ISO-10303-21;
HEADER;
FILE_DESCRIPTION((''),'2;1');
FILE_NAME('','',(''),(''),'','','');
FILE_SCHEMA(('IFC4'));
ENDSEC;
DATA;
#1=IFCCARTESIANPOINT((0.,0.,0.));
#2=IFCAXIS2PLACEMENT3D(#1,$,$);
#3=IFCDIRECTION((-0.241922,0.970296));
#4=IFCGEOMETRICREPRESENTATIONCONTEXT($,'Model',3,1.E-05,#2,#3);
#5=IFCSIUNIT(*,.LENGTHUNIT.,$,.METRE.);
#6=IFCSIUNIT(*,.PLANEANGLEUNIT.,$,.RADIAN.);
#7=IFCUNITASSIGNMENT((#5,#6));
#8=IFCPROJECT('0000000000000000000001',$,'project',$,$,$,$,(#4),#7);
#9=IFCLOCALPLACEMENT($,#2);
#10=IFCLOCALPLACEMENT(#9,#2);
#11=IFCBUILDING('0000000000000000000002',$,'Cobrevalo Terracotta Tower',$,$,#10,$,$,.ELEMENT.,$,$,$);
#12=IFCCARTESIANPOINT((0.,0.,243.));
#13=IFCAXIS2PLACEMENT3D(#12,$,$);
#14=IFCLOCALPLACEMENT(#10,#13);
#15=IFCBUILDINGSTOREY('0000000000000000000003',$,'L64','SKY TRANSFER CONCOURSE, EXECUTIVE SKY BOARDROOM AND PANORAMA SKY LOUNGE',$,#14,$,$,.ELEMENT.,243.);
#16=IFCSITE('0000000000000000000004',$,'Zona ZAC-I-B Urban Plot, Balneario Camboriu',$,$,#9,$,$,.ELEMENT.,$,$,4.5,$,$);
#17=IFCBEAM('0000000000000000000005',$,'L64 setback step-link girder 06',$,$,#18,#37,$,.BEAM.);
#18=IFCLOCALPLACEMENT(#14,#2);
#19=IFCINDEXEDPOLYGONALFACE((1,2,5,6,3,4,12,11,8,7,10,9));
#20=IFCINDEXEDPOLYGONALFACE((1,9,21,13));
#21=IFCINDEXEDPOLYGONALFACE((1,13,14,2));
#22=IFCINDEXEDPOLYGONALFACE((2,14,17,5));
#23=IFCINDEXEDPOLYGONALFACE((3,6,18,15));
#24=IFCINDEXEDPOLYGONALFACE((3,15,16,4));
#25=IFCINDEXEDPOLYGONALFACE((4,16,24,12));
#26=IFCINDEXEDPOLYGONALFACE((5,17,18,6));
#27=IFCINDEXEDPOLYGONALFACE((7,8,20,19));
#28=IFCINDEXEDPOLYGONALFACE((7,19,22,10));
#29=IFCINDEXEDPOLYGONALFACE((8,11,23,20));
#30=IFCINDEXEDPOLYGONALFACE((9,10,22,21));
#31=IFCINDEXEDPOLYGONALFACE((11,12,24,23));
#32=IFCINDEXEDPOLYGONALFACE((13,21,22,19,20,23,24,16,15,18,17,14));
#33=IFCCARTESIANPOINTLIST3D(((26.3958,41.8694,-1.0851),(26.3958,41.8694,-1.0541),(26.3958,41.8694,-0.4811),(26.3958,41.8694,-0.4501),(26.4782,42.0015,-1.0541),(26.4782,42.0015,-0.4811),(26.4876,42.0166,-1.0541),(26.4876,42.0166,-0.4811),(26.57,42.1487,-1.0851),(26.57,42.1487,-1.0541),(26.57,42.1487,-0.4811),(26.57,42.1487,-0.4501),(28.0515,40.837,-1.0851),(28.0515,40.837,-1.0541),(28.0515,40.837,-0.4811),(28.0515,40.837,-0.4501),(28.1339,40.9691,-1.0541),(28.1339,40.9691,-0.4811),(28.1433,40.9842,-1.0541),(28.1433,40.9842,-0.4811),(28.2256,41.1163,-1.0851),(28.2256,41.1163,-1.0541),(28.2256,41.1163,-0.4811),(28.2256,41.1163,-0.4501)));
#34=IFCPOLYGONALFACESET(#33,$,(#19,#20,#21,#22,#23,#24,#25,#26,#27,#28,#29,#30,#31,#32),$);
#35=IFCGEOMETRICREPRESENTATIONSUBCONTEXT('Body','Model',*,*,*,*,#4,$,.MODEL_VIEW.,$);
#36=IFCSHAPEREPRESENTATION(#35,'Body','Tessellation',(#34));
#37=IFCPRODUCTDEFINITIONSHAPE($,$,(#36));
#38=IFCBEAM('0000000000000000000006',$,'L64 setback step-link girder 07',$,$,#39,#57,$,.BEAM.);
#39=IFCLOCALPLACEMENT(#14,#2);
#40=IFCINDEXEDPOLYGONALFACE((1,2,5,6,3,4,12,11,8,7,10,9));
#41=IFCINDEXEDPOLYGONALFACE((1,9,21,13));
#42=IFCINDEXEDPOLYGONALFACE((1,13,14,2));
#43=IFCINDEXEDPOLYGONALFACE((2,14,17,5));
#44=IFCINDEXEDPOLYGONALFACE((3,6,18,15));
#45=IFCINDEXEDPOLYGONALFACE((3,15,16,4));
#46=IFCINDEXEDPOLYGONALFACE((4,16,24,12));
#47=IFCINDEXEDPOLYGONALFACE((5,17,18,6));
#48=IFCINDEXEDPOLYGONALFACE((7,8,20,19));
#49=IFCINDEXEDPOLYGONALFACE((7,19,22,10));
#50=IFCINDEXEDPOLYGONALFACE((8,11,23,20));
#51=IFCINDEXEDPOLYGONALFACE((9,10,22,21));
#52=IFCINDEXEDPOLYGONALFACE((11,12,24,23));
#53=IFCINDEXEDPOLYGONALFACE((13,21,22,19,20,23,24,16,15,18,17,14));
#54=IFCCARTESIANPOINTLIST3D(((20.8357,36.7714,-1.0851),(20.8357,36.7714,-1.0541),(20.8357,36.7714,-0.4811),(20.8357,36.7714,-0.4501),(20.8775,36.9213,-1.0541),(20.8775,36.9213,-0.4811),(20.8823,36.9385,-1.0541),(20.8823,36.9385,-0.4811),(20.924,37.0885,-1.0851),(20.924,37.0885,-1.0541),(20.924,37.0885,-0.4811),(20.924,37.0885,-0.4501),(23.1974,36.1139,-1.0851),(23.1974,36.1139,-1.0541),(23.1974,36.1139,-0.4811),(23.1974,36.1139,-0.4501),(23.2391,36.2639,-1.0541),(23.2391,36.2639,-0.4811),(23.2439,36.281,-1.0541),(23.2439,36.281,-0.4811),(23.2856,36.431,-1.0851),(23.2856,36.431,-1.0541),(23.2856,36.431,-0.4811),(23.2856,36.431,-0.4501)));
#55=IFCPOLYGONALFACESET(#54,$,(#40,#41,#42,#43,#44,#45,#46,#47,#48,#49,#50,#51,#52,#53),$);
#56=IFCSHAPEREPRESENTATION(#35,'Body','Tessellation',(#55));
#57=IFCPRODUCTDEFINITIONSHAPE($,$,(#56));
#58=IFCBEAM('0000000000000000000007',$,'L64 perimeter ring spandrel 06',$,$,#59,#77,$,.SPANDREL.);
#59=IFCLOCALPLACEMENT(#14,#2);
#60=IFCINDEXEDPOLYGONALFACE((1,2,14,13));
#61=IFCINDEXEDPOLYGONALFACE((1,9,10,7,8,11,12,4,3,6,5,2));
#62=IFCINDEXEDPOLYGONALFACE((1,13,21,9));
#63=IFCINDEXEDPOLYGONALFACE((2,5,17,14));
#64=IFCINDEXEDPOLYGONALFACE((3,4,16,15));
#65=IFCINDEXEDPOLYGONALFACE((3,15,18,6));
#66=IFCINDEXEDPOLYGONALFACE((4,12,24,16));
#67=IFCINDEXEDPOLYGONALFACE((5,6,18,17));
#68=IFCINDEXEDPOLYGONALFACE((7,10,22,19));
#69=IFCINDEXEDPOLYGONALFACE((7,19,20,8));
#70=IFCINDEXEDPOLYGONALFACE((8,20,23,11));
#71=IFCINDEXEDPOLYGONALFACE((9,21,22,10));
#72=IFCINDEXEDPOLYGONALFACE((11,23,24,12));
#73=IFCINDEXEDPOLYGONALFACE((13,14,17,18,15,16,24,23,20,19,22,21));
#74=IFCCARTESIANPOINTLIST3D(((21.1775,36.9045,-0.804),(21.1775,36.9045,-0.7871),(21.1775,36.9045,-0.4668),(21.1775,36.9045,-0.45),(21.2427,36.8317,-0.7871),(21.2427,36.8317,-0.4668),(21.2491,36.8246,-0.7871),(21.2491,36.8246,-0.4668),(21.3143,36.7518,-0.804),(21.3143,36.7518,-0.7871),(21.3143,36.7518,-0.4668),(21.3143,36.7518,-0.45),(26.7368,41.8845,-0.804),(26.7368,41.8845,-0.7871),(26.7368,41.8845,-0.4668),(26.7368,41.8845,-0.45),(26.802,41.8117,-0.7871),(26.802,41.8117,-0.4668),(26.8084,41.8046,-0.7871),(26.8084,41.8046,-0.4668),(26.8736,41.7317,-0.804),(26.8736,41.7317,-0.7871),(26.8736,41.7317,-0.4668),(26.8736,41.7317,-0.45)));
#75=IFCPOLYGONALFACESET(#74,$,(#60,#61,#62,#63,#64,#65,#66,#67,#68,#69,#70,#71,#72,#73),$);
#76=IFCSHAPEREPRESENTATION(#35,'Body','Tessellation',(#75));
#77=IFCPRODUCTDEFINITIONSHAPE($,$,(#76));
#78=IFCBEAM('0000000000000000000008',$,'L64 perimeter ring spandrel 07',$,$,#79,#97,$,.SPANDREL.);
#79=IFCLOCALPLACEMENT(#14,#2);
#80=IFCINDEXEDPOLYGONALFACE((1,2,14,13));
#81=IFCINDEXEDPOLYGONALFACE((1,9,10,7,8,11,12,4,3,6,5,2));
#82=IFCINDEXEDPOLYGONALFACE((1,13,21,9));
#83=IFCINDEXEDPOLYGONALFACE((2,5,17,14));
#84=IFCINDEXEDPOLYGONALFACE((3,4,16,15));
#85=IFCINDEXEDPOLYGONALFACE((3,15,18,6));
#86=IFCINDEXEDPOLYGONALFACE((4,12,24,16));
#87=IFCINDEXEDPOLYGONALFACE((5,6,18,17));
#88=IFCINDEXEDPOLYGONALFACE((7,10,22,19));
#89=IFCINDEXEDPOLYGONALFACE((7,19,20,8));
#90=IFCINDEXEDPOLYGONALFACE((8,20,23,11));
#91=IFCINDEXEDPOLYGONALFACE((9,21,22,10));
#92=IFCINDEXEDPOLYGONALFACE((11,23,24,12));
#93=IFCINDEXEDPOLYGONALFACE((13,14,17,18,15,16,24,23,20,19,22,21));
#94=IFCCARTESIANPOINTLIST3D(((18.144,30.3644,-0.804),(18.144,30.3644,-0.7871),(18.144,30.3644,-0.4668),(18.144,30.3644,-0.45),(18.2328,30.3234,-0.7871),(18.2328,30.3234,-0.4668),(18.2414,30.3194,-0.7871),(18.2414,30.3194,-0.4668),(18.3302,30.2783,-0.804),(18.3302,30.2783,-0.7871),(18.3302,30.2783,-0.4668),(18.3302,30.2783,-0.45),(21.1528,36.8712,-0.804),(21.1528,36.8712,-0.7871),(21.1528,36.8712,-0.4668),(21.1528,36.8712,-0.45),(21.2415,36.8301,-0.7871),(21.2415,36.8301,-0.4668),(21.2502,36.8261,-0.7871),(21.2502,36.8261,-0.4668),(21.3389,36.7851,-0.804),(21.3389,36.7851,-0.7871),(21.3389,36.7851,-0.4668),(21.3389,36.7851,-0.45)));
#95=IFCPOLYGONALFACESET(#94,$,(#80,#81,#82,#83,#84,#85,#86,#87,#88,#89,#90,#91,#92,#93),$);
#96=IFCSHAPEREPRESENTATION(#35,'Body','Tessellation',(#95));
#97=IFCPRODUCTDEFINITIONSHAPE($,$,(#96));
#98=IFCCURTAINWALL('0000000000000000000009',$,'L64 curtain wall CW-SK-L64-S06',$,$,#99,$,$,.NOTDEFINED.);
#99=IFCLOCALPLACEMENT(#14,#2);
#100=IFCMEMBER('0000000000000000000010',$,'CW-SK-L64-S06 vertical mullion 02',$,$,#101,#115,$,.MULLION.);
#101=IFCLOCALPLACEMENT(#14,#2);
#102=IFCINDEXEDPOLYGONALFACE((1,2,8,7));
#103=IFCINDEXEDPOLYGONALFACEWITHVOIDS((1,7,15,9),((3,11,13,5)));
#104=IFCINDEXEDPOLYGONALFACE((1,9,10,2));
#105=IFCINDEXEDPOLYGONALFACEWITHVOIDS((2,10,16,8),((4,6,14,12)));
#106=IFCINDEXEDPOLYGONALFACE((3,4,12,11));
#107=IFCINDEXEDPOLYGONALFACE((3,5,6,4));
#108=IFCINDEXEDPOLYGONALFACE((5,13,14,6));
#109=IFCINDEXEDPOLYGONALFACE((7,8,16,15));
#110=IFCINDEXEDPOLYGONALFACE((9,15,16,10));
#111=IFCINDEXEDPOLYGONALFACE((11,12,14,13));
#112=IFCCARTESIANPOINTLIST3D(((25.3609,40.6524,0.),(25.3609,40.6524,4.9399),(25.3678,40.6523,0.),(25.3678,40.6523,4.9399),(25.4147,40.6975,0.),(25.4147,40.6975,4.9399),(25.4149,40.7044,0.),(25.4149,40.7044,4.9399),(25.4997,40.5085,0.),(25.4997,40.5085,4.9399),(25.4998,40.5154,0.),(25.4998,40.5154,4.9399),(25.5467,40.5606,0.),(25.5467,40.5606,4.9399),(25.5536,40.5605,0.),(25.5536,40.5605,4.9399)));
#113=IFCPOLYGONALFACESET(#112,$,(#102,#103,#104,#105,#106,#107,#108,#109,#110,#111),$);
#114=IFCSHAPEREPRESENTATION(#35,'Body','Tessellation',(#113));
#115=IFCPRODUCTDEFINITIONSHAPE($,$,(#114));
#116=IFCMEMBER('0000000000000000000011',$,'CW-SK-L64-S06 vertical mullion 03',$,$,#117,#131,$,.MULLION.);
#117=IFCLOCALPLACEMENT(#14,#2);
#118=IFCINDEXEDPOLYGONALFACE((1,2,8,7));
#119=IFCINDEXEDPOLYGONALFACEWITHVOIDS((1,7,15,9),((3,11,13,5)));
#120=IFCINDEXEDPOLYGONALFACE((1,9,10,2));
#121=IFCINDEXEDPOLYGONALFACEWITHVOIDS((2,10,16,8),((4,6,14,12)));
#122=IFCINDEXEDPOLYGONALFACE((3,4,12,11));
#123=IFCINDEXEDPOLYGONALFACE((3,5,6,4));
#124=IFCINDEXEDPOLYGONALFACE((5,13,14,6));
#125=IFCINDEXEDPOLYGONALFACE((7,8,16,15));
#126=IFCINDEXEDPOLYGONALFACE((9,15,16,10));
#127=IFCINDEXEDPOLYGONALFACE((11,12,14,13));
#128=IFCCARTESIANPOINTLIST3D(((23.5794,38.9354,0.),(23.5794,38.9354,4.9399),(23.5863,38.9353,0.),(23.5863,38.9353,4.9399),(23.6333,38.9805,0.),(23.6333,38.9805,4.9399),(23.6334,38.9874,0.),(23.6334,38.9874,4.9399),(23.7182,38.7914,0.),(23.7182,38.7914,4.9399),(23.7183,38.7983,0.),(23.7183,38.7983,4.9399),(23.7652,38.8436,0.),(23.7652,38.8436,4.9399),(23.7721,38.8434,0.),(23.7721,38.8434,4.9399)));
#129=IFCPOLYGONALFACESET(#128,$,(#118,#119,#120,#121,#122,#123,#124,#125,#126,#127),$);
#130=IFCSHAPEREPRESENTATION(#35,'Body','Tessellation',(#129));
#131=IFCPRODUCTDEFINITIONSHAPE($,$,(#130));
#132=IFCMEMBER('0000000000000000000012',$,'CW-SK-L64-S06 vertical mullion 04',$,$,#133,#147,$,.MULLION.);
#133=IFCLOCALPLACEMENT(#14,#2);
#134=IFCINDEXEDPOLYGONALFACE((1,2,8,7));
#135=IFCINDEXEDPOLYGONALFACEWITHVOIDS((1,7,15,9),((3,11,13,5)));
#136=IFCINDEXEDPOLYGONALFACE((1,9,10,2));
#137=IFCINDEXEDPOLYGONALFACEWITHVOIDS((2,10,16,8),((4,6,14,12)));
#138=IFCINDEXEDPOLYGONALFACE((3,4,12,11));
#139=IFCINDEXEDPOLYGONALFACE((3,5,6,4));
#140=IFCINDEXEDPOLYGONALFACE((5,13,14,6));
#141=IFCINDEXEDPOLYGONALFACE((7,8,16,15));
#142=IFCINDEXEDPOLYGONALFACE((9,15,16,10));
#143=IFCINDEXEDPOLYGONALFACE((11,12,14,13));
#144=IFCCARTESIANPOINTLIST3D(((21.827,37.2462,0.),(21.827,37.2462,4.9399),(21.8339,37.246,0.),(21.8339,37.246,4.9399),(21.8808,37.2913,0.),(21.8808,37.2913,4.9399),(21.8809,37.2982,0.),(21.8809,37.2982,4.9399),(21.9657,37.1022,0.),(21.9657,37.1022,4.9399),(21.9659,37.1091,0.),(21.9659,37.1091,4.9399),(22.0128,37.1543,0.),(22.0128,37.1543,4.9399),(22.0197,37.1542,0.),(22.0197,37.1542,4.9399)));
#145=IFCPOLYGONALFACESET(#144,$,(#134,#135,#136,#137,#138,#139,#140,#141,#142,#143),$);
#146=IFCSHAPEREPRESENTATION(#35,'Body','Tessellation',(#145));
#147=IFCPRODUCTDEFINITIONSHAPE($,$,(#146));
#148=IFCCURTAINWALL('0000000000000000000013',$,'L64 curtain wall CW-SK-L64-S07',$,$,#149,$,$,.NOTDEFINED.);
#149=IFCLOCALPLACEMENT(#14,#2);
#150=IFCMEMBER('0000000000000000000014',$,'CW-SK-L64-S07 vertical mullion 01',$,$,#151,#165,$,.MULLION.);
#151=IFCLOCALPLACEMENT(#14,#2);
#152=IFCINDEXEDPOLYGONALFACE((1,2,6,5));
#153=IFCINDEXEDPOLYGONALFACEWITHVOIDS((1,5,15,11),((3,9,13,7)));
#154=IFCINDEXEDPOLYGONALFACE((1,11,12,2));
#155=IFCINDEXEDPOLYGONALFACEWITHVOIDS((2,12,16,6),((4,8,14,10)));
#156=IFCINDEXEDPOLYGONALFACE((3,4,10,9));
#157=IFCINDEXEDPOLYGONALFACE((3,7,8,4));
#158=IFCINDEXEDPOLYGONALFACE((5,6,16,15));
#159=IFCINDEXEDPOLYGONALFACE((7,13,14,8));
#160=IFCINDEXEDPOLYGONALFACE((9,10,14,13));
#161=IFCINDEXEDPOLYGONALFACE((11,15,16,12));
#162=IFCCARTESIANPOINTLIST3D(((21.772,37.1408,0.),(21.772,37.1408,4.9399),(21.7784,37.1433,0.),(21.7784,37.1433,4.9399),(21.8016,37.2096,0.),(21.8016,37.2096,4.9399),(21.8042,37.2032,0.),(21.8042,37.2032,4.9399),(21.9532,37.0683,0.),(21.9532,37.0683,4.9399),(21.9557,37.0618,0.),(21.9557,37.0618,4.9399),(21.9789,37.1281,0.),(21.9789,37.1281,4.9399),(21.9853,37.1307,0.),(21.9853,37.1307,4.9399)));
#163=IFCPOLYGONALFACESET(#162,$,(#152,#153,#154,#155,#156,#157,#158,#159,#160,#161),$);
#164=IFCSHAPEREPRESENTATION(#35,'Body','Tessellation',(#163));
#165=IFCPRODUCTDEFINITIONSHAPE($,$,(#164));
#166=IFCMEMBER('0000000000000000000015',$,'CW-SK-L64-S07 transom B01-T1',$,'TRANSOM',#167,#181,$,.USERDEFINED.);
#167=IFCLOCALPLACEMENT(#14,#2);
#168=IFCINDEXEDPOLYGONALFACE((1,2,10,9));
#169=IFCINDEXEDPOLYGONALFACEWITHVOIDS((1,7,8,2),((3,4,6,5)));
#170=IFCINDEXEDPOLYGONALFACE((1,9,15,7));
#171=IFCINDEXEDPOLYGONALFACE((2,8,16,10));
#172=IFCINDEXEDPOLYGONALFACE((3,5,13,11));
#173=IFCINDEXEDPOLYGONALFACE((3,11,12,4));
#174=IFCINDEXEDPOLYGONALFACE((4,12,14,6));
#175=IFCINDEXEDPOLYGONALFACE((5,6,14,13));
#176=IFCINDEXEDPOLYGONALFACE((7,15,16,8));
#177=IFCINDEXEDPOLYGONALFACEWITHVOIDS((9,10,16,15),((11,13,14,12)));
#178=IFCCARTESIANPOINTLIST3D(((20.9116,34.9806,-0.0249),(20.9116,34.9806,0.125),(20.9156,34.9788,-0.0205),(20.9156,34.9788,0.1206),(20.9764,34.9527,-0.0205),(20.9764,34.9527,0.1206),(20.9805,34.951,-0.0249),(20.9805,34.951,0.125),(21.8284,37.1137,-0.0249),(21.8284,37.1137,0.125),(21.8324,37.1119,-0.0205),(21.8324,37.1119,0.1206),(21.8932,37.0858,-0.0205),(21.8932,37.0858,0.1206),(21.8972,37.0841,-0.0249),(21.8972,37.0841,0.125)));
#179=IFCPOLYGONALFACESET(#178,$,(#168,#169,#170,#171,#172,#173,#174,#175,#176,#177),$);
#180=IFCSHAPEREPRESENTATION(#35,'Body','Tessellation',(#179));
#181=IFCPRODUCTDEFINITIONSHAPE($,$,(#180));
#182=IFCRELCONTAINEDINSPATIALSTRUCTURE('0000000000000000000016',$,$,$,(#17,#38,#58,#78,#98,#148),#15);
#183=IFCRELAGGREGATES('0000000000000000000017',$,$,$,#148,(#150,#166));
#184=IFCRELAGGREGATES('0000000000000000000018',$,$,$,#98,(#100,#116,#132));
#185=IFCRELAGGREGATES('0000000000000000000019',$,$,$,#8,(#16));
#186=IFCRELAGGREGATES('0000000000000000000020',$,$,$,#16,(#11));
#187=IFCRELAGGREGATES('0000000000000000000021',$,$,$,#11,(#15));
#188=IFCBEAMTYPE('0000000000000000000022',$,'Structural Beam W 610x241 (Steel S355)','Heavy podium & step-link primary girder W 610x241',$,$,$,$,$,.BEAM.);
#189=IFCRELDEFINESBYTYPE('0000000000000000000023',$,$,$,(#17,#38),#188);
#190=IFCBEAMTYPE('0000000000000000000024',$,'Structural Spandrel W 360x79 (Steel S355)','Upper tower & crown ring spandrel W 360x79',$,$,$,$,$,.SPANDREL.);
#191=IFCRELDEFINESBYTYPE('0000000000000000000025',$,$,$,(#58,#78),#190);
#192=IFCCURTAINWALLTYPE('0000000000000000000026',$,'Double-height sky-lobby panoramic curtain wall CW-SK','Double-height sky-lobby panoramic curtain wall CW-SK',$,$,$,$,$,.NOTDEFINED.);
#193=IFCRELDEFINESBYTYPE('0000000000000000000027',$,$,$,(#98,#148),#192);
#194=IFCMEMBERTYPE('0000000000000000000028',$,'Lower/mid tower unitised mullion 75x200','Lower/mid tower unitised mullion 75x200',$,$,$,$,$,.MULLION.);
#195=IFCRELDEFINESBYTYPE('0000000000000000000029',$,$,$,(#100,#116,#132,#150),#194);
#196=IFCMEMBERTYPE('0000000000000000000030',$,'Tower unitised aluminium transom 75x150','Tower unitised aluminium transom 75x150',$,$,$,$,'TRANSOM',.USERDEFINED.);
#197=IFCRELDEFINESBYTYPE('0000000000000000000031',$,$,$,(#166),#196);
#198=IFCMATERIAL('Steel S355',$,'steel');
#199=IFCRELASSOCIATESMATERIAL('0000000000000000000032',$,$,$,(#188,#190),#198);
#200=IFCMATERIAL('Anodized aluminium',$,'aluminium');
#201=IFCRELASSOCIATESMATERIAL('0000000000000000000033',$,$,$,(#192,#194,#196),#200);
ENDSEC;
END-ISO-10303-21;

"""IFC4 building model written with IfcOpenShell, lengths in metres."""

from ifc_helpers import new_model, si_unit, direction, frame, origin, origin_2d, place, context, subcontext, project, spatial, hollow_rectangle, i_section, extrude, source, transform, mapped, material, material_profile, profile_set, type_object, element, aggregate, save


model = new_model("IFC4")

# Units and contexts
model_context = context("Model", 3, precision=1e-05, world=origin(), true_north=direction((-0.241922, 0.970296)))
body_context = subcontext(model_context, "Body", "Model", "MODEL_VIEW")
ifc_project = project(units=[si_unit("LENGTHUNIT", "METRE"), si_unit("PLANEANGLEUNIT", "RADIAN")], contexts=[model_context])

# Site, building, storey
site_placement = place(None, origin())
site = spatial("IfcSite", under=ifc_project, at=site_placement, Name="Zona ZAC-I-B Urban Plot, Balneario Camboriu", CompositionType="ELEMENT", RefElevation=4.5)
building_placement = place(site_placement, origin())
building = spatial("IfcBuilding", under=site, at=building_placement, Name="Cobrevalo Terracotta Tower", CompositionType="ELEMENT")
storey_placement = place(building_placement, frame((0.0, 0.0, 243.0)))
storey = spatial("IfcBuildingStorey", under=building, at=storey_placement, Name="L64", Description="SKY TRANSFER CONCOURSE, EXECUTIVE SKY BOARDROOM AND PANORAMA SKY LOUNGE", CompositionType="ELEMENT", Elevation=243.0)

# Beams
ifc_material_1 = material(Name="Steel S355", Category="steel")
ifc_material_profile_1 = material_profile(ifc_material_1, i_section(OverallWidth=0.3291, OverallDepth=0.635, WebThickness=0.0178, FlangeThickness=0.031, at=origin_2d()), Name="W 610x241")
ifc_profile_set_1 = profile_set([ifc_material_profile_1], Name="Steel S355")
beam_type_1 = type_object("IfcBeamType", Name="Structural Beam W 610x241 (Steel S355)", Description="Heavy podium & step-link primary girder W 610x241", PredefinedType="BEAM", material=ifc_profile_set_1)
beam_1_placement = place(storey_placement, frame((26.4829, 42.009, -0.7676), z_axis=(0.848546, -0.529121, 0.0), x_axis=(0.529121, 0.848546, 0.0)))
element("IfcBeam", 1, at=beam_1_placement, inside=storey, type_object=beam_type_1, Name="L64 setback step-link girder 06", PredefinedType="BEAM", context=body_context, shape_type="SweptSolid", body=[
    extrude(i_section(OverallWidth=0.3291, OverallDepth=0.635, WebThickness=0.0178, FlangeThickness=0.031, at=origin_2d()), origin(), (0.0, 0.0, 1.0), 1.9512),
])
beam_2_placement = place(storey_placement, frame((20.8799, 36.9299, -0.7676), z_axis=(0.963362, -0.268204, 0.0), x_axis=(0.268204, 0.963362, 0.0)))
element("IfcBeam", 2, at=beam_2_placement, inside=storey, type_object=beam_type_1, Name="L64 setback step-link girder 07", PredefinedType="BEAM", context=body_context, shape_type="SweptSolid", body=[
    extrude(i_section(OverallWidth=0.3291, OverallDepth=0.635, WebThickness=0.0178, FlangeThickness=0.031, at=origin_2d()), origin(), (0.0, 0.0, 1.0), 2.4514),
])
ifc_material_profile_2 = material_profile(ifc_material_1, i_section(OverallWidth=0.2051, OverallDepth=0.354, WebThickness=0.0095, FlangeThickness=0.0168, at=origin_2d()), Name="W 360x79")
ifc_profile_set_2 = profile_set([ifc_material_profile_2], Name="Steel S355")
beam_type_2 = type_object("IfcBeamType", Name="Structural Spandrel W 360x79 (Steel S355)", Description="Upper tower & crown ring spandrel W 360x79", PredefinedType="SPANDREL", material=ifc_profile_set_2)
beam_3_placement = place(storey_placement, frame((26.8052, 41.8081, -0.627), z_axis=(-0.744852, -0.66723, 0.0), x_axis=(0.66723, -0.744852, 0.0)))
element("IfcBeam", 3, at=beam_3_placement, inside=storey, type_object=beam_type_2, Name="L64 perimeter ring spandrel 06", PredefinedType="SPANDREL", context=body_context, shape_type="SweptSolid", body=[
    extrude(i_section(OverallWidth=0.2051, OverallDepth=0.354, WebThickness=0.0095, FlangeThickness=0.0168, at=origin_2d()), origin(), (0.0, 0.0, 1.0), 7.4636),
])
beam_4_placement = place(storey_placement, frame((21.2458, 36.8281, -0.627), z_axis=(-0.419706, -0.90766, 0.0), x_axis=(0.90766, -0.419706, 0.0)))
element("IfcBeam", 4, at=beam_4_placement, inside=storey, type_object=beam_type_2, Name="L64 perimeter ring spandrel 07", PredefinedType="SPANDREL", context=body_context, shape_type="SweptSolid", body=[
    extrude(i_section(OverallWidth=0.2051, OverallDepth=0.354, WebThickness=0.0095, FlangeThickness=0.0168, at=origin_2d()), origin(), (0.0, 0.0, 1.0), 7.1687),
])

# Curtain walls, members
ifc_material_2 = material(Name="Anodized aluminium", Category="aluminium")
curtain_wall_type = type_object("IfcCurtainWallType", Name="Double-height sky-lobby panoramic curtain wall CW-SK", Description="Double-height sky-lobby panoramic curtain wall CW-SK", PredefinedType="NOTDEFINED", material=ifc_material_2)
curtain_wall_1_placement = place(storey_placement, origin())
curtain_wall_1 = element("IfcCurtainWall", 5, at=curtain_wall_1_placement, inside=storey, type_object=curtain_wall_type, Name="L64 curtain wall CW-SK-L64-S06", PredefinedType="NOTDEFINED")
ifc_material_profile_3 = material_profile(ifc_material_2, hollow_rectangle(XDim=0.075, YDim=0.2, WallThickness=0.0049, at=origin_2d()), Name="CWM 75x200")
ifc_profile_set_3 = profile_set([ifc_material_profile_3], Name="Anodized aluminium")
member_type_1 = type_object("IfcMemberType", Name="Lower/mid tower unitised mullion 75x200", Description="Lower/mid tower unitised mullion 75x200", PredefinedType="MULLION", material=ifc_profile_set_3)
shared_shape_1 = source(origin(), body_context, "Body", "SweptSolid", [
    extrude(hollow_rectangle(XDim=0.075, YDim=0.2, WallThickness=0.0049, at=origin_2d()), origin(), (0.0, 0.0, 1.0), 4.9399),
])
member_1_placement = place(storey_placement, frame((25.4573, 40.6064, 0.0), z_axis=(0.0, 0.0, 1.0), x_axis=(-0.719994, -0.69398, 0.0)))
member_1 = element("IfcMember", 6, at=member_1_placement, type_object=member_type_1, Name="CW-SK-L64-S06 vertical mullion 02", PredefinedType="MULLION", context=body_context, shape_type="MappedRepresentation", body=[
    mapped(shared_shape_1, transform((0.0, 0.0, 0.0), scale=1.0)),
])
member_2_placement = place(storey_placement, frame((23.6758, 38.8894, 0.0), z_axis=(0.0, 0.0, 1.0), x_axis=(-0.719994, -0.69398, 0.0)))
member_2 = element("IfcMember", 7, at=member_2_placement, type_object=member_type_1, Name="CW-SK-L64-S06 vertical mullion 03", PredefinedType="MULLION", context=body_context, shape_type="MappedRepresentation", body=[
    mapped(shared_shape_1, transform((0.0, 0.0, 0.0), scale=1.0)),
])
member_3_placement = place(storey_placement, frame((21.9233, 37.2002, 0.0), z_axis=(0.0, 0.0, 1.0), x_axis=(-0.719994, -0.69398, 0.0)))
member_3 = element("IfcMember", 8, at=member_3_placement, type_object=member_type_1, Name="CW-SK-L64-S06 vertical mullion 04", PredefinedType="MULLION", context=body_context, shape_type="MappedRepresentation", body=[
    mapped(shared_shape_1, transform((0.0, 0.0, 0.0), scale=1.0)),
])
curtain_wall_2_placement = place(storey_placement, origin())
curtain_wall_2 = element("IfcCurtainWall", 9, at=curtain_wall_2_placement, inside=storey, type_object=curtain_wall_type, Name="L64 curtain wall CW-SK-L64-S07", PredefinedType="NOTDEFINED")
member_4_placement = place(storey_placement, frame((21.8787, 37.1357, 0.0), z_axis=(0.0, 0.0, 1.0), x_axis=(-0.394824, -0.918757, 0.0)))
member_4 = element("IfcMember", 10, at=member_4_placement, type_object=member_type_1, Name="CW-SK-L64-S07 vertical mullion 01", PredefinedType="MULLION", context=body_context, shape_type="MappedRepresentation", body=[
    mapped(shared_shape_1, transform((0.0, 0.0, 0.0), scale=1.0)),
])
ifc_material_profile_4 = material_profile(ifc_material_2, hollow_rectangle(XDim=0.075, YDim=0.1499, WallThickness=0.0044, at=origin_2d()), Name="CWT 75x150")
ifc_profile_set_4 = profile_set([ifc_material_profile_4], Name="Anodized aluminium")
member_type_2 = type_object("IfcMemberType", Name="Tower unitised aluminium transom 75x150", Description="Tower unitised aluminium transom 75x150", ElementType="TRANSOM", PredefinedType="USERDEFINED", material=ifc_profile_set_4)
shared_shape_2 = source(origin(), body_context, "Body", "SweptSolid", [
    extrude(hollow_rectangle(XDim=0.075, YDim=0.1499, WallThickness=0.0044, at=origin_2d()), origin(), (0.0, 0.0, 1.0), 2.3218),
])
member_5_placement = place(storey_placement, frame((21.8628, 37.0989, 0.05), z_axis=(-0.394858, -0.918742, 0.0), x_axis=(0.918742, -0.394858, 0.0)))
member_5 = element("IfcMember", 11, at=member_5_placement, type_object=member_type_2, Name="CW-SK-L64-S07 transom B01-T1", ObjectType="TRANSOM", PredefinedType="USERDEFINED", context=body_context, shape_type="MappedRepresentation", body=[
    mapped(shared_shape_2, transform((0.0, 0.0, 0.0), scale=1.0)),
])
aggregate(curtain_wall_2, [member_4, member_5])

aggregate(curtain_wall_1, [member_1, member_2, member_3])

save(model, "model.ifc")
